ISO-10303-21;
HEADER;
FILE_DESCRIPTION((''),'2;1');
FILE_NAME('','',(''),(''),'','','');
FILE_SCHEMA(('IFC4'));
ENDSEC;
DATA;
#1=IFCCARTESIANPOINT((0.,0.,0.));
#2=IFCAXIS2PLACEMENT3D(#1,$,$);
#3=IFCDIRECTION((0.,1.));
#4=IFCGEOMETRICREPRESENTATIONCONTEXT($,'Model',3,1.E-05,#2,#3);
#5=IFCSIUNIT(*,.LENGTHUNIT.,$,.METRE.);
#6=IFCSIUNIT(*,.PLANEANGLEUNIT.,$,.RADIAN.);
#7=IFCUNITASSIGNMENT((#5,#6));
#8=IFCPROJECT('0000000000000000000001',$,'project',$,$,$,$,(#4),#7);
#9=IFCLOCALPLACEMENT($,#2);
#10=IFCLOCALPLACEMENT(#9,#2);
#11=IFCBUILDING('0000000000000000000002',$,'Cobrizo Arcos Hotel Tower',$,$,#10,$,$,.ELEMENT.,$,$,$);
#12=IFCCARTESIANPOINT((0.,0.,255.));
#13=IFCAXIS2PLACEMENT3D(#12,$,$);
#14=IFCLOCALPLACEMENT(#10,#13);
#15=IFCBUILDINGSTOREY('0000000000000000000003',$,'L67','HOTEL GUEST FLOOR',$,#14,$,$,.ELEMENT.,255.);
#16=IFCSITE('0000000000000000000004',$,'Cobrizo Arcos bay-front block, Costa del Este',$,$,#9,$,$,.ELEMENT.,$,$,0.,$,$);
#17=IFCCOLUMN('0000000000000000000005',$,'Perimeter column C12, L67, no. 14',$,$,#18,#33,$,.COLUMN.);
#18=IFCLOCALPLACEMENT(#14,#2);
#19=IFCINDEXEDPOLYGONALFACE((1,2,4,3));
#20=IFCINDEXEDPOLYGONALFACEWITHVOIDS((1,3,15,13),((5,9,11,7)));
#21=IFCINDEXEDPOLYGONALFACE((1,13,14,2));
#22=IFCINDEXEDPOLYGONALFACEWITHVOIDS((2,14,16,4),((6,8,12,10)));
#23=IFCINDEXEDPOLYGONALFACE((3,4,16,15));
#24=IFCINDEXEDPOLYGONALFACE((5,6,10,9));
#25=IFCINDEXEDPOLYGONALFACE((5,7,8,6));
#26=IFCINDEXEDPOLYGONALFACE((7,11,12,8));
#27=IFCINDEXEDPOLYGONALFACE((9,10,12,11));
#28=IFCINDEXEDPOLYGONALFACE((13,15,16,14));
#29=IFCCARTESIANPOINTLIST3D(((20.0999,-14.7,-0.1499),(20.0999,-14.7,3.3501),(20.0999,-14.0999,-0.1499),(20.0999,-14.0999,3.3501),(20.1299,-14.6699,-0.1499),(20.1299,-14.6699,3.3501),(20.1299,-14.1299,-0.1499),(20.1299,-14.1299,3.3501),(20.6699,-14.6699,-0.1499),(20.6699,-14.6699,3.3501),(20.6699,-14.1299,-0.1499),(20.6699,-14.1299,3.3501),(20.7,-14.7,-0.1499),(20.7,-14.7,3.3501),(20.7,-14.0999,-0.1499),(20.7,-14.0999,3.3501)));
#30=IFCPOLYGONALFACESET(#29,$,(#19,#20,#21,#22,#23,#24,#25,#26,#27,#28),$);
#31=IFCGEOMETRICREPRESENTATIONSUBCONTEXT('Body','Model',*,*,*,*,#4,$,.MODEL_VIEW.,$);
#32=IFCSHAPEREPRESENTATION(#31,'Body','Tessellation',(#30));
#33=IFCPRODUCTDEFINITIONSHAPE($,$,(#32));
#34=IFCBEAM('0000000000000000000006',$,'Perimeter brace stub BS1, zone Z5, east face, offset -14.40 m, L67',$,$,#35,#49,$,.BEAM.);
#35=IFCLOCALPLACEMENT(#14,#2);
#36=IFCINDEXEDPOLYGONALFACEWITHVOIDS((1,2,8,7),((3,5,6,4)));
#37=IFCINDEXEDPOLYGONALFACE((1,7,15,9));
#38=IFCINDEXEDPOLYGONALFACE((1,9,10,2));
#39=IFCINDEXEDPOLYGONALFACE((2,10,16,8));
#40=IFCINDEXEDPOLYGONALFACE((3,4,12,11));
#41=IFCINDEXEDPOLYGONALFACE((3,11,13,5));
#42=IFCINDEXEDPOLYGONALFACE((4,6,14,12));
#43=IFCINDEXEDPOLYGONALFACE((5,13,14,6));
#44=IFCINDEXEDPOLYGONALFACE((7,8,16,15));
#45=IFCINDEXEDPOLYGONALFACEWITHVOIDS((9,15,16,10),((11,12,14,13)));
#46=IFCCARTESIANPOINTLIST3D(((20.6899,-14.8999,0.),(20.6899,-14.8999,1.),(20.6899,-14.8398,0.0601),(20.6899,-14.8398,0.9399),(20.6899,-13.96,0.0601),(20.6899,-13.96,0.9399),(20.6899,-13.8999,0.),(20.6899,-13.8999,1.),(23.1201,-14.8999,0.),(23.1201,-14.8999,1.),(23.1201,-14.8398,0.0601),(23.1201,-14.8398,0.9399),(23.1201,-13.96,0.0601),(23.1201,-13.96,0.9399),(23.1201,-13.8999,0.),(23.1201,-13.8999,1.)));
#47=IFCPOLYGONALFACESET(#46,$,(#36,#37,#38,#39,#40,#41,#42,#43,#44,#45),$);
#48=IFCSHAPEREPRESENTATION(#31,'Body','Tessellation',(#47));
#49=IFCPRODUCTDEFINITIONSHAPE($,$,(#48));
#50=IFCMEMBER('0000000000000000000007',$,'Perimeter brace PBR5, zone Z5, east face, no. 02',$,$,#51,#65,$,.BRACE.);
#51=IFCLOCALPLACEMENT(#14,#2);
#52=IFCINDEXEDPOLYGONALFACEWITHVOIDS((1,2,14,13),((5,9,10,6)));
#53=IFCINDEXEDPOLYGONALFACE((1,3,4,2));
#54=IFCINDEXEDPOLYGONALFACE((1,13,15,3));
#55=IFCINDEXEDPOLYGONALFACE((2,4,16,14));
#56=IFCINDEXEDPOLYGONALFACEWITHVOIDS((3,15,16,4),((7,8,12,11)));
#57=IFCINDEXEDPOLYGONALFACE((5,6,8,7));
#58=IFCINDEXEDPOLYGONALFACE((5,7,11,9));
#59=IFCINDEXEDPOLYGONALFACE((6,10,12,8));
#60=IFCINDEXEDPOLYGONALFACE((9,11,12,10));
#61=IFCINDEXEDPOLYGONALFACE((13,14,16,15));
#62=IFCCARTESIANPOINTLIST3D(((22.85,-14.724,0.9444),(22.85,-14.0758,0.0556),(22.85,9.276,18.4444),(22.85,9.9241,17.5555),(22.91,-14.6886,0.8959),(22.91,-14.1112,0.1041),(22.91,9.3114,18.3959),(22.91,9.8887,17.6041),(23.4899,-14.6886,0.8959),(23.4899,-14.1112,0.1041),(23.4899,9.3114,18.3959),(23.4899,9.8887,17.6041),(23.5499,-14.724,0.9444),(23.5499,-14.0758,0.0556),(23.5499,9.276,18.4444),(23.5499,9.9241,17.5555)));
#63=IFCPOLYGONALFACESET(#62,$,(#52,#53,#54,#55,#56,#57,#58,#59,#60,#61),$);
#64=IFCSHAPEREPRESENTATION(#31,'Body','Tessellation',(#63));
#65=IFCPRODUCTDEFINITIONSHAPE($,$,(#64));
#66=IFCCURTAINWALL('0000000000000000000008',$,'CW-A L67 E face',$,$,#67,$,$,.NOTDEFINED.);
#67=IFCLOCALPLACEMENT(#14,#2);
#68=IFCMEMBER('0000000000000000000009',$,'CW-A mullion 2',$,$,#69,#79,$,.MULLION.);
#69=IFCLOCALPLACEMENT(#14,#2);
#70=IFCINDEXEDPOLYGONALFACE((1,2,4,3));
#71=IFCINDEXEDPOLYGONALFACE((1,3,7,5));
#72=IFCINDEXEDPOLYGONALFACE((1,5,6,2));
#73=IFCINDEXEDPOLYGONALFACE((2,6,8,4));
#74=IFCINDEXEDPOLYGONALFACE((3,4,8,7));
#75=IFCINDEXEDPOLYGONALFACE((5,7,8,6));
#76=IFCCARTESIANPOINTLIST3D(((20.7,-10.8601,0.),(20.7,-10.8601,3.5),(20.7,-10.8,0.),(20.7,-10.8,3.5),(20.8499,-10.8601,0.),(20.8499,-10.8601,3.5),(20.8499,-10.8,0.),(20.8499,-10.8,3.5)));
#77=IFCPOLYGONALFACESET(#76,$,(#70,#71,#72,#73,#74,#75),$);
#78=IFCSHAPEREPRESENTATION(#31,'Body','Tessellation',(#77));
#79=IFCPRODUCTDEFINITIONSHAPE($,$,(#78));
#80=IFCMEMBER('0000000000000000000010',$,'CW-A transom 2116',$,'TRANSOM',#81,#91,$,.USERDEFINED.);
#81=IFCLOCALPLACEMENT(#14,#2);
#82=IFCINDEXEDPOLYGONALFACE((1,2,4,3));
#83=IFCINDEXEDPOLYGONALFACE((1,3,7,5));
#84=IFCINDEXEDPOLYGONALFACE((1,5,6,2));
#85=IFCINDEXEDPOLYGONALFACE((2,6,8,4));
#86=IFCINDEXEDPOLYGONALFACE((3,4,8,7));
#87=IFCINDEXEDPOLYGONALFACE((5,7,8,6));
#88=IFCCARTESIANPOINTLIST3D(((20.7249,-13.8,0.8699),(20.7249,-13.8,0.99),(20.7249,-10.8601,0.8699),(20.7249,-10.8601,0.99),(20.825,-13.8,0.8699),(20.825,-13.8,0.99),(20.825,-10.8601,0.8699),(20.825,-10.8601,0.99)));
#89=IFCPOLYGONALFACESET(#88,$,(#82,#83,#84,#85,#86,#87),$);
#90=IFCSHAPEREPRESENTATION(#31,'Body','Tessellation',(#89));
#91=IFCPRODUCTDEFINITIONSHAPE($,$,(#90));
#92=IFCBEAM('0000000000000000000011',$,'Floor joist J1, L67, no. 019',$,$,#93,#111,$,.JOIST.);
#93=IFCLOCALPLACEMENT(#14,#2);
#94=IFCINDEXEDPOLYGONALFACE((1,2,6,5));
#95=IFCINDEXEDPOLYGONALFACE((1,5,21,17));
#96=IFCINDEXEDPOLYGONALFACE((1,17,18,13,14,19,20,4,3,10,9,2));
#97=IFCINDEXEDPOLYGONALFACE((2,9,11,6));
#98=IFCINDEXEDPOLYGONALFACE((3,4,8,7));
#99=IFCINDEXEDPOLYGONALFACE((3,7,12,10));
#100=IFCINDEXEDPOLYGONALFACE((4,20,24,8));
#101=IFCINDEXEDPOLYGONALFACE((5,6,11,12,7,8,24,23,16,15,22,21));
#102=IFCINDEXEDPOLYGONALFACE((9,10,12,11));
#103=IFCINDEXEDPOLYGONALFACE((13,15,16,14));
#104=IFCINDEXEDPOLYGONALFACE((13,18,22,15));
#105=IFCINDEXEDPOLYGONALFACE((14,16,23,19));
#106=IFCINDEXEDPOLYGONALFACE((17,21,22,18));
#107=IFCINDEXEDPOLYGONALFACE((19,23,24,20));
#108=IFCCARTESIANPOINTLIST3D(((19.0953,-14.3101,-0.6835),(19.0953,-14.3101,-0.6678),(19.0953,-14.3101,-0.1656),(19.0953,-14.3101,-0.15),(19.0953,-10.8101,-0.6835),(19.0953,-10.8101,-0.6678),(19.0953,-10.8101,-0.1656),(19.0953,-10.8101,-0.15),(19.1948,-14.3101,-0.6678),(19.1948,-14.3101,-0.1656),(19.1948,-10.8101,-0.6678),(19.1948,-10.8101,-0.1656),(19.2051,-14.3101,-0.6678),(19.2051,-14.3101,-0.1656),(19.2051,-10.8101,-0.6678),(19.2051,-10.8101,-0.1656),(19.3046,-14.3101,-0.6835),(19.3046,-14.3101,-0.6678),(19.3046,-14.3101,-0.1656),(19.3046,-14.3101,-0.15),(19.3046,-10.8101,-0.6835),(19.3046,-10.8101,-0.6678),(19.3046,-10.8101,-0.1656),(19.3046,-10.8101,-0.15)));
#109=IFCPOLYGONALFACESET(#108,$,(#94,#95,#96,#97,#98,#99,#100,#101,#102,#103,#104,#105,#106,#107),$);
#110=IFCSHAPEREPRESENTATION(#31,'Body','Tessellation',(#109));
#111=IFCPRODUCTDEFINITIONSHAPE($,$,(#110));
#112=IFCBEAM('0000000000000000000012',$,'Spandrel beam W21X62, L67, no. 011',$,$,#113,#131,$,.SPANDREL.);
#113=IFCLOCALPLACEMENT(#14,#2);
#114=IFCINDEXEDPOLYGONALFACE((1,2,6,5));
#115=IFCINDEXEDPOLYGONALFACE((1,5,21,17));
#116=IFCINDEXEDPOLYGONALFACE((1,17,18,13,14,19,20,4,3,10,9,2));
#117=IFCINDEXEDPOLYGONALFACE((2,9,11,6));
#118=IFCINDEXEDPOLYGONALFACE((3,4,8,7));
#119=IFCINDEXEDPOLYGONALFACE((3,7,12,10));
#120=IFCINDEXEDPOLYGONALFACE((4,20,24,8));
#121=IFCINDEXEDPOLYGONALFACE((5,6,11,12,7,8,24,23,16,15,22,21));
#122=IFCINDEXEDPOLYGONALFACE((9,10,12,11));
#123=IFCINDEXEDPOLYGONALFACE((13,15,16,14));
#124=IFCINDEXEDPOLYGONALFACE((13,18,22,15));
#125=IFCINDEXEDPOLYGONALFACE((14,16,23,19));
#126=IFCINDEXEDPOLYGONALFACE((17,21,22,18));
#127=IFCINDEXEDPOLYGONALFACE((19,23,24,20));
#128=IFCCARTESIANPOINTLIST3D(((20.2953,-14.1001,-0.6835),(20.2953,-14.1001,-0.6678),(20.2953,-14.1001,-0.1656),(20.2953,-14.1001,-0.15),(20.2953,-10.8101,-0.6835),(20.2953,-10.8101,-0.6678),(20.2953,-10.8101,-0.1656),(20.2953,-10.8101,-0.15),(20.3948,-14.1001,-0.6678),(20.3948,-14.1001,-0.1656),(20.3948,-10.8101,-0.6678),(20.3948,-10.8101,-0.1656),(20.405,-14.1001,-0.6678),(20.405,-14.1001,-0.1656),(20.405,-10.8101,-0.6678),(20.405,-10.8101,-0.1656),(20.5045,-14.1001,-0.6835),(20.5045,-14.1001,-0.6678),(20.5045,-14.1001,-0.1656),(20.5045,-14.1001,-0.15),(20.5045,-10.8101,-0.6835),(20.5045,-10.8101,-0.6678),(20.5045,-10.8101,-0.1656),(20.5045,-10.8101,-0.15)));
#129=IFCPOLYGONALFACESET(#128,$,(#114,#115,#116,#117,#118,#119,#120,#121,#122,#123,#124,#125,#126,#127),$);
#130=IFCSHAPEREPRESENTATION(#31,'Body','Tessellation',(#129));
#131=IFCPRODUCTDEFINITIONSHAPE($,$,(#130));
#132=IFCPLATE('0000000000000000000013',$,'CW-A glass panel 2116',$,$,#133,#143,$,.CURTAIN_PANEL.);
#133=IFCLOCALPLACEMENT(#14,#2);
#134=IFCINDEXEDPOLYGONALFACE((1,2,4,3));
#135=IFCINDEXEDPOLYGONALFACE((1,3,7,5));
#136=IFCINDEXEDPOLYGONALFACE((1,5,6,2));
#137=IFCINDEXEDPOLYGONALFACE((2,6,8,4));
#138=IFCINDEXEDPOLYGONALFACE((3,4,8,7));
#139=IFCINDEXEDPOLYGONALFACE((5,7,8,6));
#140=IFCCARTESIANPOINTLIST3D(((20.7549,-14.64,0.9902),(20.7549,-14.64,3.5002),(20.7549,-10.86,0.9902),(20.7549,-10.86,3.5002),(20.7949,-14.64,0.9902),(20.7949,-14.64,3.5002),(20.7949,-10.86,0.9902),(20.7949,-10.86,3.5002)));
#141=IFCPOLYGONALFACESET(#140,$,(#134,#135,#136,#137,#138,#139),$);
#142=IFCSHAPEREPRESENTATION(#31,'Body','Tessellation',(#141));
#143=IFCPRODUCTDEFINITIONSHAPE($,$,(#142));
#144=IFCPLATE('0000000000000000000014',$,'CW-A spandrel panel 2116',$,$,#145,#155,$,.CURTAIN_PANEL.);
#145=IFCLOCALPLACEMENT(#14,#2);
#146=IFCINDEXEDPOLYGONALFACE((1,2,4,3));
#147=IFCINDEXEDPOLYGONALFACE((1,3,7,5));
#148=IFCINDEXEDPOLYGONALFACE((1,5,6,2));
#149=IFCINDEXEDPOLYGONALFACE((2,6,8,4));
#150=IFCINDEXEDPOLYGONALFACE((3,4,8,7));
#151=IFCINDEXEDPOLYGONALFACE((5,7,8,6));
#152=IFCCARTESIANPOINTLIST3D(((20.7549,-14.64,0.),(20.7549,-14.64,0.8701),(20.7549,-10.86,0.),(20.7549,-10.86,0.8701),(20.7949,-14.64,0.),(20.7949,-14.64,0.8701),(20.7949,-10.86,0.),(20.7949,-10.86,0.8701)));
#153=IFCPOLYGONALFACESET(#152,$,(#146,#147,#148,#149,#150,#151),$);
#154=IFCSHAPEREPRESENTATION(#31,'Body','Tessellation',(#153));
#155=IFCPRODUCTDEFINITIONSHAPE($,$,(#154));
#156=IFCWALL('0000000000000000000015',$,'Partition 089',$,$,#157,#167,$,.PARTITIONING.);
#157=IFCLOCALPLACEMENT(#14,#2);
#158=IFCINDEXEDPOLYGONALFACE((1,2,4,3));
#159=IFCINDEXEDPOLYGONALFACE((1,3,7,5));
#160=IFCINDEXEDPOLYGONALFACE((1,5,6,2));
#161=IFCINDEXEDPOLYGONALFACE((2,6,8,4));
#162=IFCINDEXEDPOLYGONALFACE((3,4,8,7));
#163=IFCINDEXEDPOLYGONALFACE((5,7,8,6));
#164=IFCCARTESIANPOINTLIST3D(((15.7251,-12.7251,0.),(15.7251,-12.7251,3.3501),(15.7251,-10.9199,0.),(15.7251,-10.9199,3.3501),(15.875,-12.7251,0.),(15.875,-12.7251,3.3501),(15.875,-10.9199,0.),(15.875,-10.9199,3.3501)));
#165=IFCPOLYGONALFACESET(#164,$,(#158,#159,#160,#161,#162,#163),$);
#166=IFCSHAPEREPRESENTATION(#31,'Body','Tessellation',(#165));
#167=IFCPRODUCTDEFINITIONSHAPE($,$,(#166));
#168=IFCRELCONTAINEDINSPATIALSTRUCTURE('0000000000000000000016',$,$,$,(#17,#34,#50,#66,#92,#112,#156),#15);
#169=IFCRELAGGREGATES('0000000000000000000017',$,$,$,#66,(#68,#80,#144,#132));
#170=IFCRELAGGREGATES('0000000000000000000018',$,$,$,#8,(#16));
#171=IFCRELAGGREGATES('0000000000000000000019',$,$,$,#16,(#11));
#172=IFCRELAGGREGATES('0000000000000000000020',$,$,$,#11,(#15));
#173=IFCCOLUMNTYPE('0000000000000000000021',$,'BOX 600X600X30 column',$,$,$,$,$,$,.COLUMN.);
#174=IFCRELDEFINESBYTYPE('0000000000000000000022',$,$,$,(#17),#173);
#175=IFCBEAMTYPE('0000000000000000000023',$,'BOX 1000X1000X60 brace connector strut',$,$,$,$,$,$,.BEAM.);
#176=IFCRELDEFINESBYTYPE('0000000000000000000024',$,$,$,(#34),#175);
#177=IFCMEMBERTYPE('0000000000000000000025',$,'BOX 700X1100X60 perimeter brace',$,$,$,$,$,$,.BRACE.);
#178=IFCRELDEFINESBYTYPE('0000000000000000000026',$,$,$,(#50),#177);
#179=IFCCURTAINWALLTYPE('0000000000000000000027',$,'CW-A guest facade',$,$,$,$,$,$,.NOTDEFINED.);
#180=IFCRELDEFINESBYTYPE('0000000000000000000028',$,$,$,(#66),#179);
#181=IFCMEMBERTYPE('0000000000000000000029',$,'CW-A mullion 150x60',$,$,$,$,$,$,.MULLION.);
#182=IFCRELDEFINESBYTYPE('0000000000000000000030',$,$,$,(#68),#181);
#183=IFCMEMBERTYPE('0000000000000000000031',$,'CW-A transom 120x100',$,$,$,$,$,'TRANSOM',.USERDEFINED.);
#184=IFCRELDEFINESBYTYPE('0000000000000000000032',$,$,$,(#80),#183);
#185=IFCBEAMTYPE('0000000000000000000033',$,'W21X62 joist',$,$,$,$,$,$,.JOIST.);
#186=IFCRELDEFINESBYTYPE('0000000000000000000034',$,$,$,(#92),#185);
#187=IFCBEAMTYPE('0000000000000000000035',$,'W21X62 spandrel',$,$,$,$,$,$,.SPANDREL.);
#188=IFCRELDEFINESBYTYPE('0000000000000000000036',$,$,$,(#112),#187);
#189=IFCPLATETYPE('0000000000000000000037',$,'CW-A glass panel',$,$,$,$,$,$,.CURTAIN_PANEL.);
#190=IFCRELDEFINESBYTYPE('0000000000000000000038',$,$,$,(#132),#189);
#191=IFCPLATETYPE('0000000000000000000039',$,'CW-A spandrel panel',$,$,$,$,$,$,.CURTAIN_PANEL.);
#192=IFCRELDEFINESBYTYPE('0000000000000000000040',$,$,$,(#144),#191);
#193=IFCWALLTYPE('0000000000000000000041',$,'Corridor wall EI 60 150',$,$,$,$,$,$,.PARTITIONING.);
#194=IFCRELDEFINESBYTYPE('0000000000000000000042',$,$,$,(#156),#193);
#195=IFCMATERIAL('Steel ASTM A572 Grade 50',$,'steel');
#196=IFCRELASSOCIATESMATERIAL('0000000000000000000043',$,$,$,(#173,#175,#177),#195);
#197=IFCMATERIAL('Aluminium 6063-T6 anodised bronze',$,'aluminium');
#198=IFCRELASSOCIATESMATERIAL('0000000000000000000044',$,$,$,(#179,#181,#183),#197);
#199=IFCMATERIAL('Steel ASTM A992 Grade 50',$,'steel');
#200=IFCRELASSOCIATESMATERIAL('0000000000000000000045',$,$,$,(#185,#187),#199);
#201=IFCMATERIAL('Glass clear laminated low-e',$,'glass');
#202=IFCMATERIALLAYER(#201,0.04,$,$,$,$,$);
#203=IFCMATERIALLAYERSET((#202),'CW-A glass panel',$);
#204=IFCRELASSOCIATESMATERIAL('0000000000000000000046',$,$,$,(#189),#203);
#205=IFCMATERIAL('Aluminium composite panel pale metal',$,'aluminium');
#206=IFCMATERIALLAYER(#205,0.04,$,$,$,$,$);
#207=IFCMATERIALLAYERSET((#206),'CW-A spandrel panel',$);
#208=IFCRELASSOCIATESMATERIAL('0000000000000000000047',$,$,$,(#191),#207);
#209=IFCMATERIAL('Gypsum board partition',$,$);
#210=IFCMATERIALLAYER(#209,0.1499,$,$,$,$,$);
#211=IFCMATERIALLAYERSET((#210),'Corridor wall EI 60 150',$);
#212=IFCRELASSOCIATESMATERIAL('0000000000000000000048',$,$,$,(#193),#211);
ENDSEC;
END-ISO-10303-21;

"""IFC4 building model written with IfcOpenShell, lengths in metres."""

from ifc_helpers import new_model, si_unit, direction, frame, frame_2d, origin, origin_2d, place, context, subcontext, project, spatial, rectangle, hollow_rectangle, i_section, extrude, material, layer, layer_set, material_profile, profile_set, type_object, element, aggregate, save


model = new_model("IFC4")

# Units and contexts
model_context = context("Model", 3, precision=1e-05, world=origin(), true_north=direction((0.0, 1.0)))
body_context = subcontext(model_context, "Body", "Model", "MODEL_VIEW")
ifc_project = project(units=[si_unit("LENGTHUNIT", "METRE"), si_unit("PLANEANGLEUNIT", "RADIAN")], contexts=[model_context])

# Site, building, storey
site_placement = place(None, origin())
site = spatial("IfcSite", under=ifc_project, at=site_placement, Name="Cobrizo Arcos bay-front block, Costa del Este", CompositionType="ELEMENT", RefElevation=0.0)
building_placement = place(site_placement, origin())
building = spatial("IfcBuilding", under=site, at=building_placement, Name="Cobrizo Arcos Hotel Tower", CompositionType="ELEMENT")
storey_placement = place(building_placement, frame((0.0, 0.0, 255.0)))
storey = spatial("IfcBuildingStorey", under=building, at=storey_placement, Name="L67", Description="HOTEL GUEST FLOOR", CompositionType="ELEMENT", Elevation=255.0)

# Column
ifc_material_1 = material(Name="Steel ASTM A572 Grade 50", Category="steel")
ifc_material_profile_1 = material_profile(ifc_material_1, hollow_rectangle(XDim=0.6001, YDim=0.6001, WallThickness=0.03, at=origin_2d()), Name="BOX 600X600X30")
ifc_profile_set_1 = profile_set([ifc_material_profile_1], Name="Steel ASTM A572 Grade 50")
column_type = type_object("IfcColumnType", Name="BOX 600X600X30 column", PredefinedType="COLUMN", material=ifc_profile_set_1)
column_placement = place(storey_placement, frame((20.3999, -14.3999, -0.1499), z_axis=(0.0, 0.0, 1.0), x_axis=(1.0, 0.0, 0.0)))
element("IfcColumn", 1, at=column_placement, inside=storey, type_object=column_type, Name="Perimeter column C12, L67, no. 14", PredefinedType="COLUMN", context=body_context, shape_type="SweptSolid", body=[
    extrude(hollow_rectangle(XDim=0.6001, YDim=0.6001, WallThickness=0.03, at=origin_2d()), origin(), (0.0, 0.0, 1.0), 3.5),
])

# Beam
ifc_material_profile_2 = material_profile(ifc_material_1, hollow_rectangle(XDim=1.0, YDim=1.0, WallThickness=0.0601, at=origin_2d()), Name="BOX 1000X1000X60")
ifc_profile_set_2 = profile_set([ifc_material_profile_2], Name="Steel ASTM A572 Grade 50")
beam_type_1 = type_object("IfcBeamType", Name="BOX 1000X1000X60 brace connector strut", PredefinedType="BEAM", material=ifc_profile_set_2)
beam_1_placement = place(storey_placement, frame((20.6899, -14.3999, 0.5), z_axis=(1.0, 0.0, 0.0), x_axis=(0.0, 1.0, 0.0)))
element("IfcBeam", 2, at=beam_1_placement, inside=storey, type_object=beam_type_1, Name="Perimeter brace stub BS1, zone Z5, east face, offset -14.40 m, L67", PredefinedType="BEAM", context=body_context, shape_type="SweptSolid", body=[
    extrude(hollow_rectangle(XDim=1.0, YDim=1.0, WallThickness=0.0601, at=origin_2d()), origin(), (0.0, 0.0, 1.0), 2.4302),
])

# Member
ifc_material_profile_3 = material_profile(ifc_material_1, hollow_rectangle(XDim=0.7, YDim=1.1001, WallThickness=0.0601, at=origin_2d()), Name="BOX 700X1100X60")
ifc_profile_set_3 = profile_set([ifc_material_profile_3], Name="Steel ASTM A572 Grade 50")
member_type_1 = type_object("IfcMemberType", Name="BOX 700X1100X60 perimeter brace", PredefinedType="BRACE", material=ifc_profile_set_3)
member_1_placement = place(storey_placement, frame((23.2, -14.3999, 0.5), z_axis=(0.0, 0.808008, 0.589172), x_axis=(-1.0, 0.0, 0.0)))
element("IfcMember", 3, at=member_1_placement, inside=storey, type_object=member_type_1, Name="Perimeter brace PBR5, zone Z5, east face, no. 02", PredefinedType="BRACE", context=body_context, shape_type="SweptSolid", body=[
    extrude(hollow_rectangle(XDim=0.7, YDim=1.1001, WallThickness=0.0601, at=origin_2d()), origin(), (0.0, 0.0, 1.0), 29.7026),
])

# Curtain wall, members
ifc_material_2 = material(Name="Aluminium 6063-T6 anodised bronze", Category="aluminium")
curtain_wall_type = type_object("IfcCurtainWallType", Name="CW-A guest facade", PredefinedType="NOTDEFINED", material=ifc_material_2)
curtain_wall_placement = place(storey_placement, origin())
curtain_wall = element("IfcCurtainWall", 4, at=curtain_wall_placement, inside=storey, type_object=curtain_wall_type, Name="CW-A L67 E face", PredefinedType="NOTDEFINED")
ifc_material_profile_4 = material_profile(ifc_material_2, rectangle(XDim=0.1499, YDim=0.0601, at=origin_2d()), Name="CW-A mullion 150x60")
ifc_profile_set_4 = profile_set([ifc_material_profile_4], Name="Aluminium 6063-T6 anodised bronze")
member_type_2 = type_object("IfcMemberType", Name="CW-A mullion 150x60", PredefinedType="MULLION", material=ifc_profile_set_4)
member_2_placement = place(storey_placement, frame((20.7749, -10.8301, 0.0), z_axis=(0.0, 0.0, 1.0), x_axis=(1.0, 0.0, 0.0)))
member_2 = element("IfcMember", 5, at=member_2_placement, type_object=member_type_2, Name="CW-A mullion 2", PredefinedType="MULLION", context=body_context, shape_type="SweptSolid", body=[
    extrude(rectangle(XDim=0.1499, YDim=0.0601, at=origin_2d()), origin(), (0.0, 0.0, 1.0), 3.5),
])
ifc_material_profile_5 = material_profile(ifc_material_2, rectangle(XDim=0.1001, YDim=0.1201, at=origin_2d()), Name="CW-A transom 120x100")
ifc_profile_set_5 = profile_set([ifc_material_profile_5], Name="Aluminium 6063-T6 anodised bronze")
member_type_3 = type_object("IfcMemberType", Name="CW-A transom 120x100", ElementType="TRANSOM", PredefinedType="USERDEFINED", material=ifc_profile_set_5)
member_3_placement = place(storey_placement, frame((20.7749, -13.8, 0.9299), z_axis=(0.0, 1.0, 0.0), x_axis=(-1.0, 0.0, 0.0)))
member_3 = element("IfcMember", 6, at=member_3_placement, type_object=member_type_3, Name="CW-A transom 2116", ObjectType="TRANSOM", PredefinedType="USERDEFINED", context=body_context, shape_type="SweptSolid", body=[
    extrude(rectangle(XDim=0.1001, YDim=0.1201, at=origin_2d()), origin(), (0.0, 0.0, 1.0), 2.9399),
])

# Beams
ifc_material_3 = material(Name="Steel ASTM A992 Grade 50", Category="steel")
ifc_material_profile_6 = material_profile(ifc_material_3, i_section(OverallWidth=0.2092, OverallDepth=0.5334, WebThickness=0.0103, FlangeThickness=0.0156, at=origin_2d()), Name="W21X62")
ifc_profile_set_6 = profile_set([ifc_material_profile_6], Name="Steel ASTM A992 Grade 50")
beam_type_2 = type_object("IfcBeamType", Name="W21X62 joist", PredefinedType="JOIST", material=ifc_profile_set_6)
beam_2_placement = place(storey_placement, frame((19.2, -14.3101, -0.4167), z_axis=(0.0, 1.0, 0.0), x_axis=(-1.0, 0.0, 0.0)))
element("IfcBeam", 7, at=beam_2_placement, inside=storey, type_object=beam_type_2, Name="Floor joist J1, L67, no. 019", PredefinedType="JOIST", context=body_context, shape_type="SweptSolid", body=[
    extrude(i_section(OverallWidth=0.2092, OverallDepth=0.5334, WebThickness=0.0103, FlangeThickness=0.0156, at=origin_2d()), origin(), (0.0, 0.0, 1.0), 3.5),
])
ifc_material_profile_7 = material_profile(ifc_material_3, i_section(OverallWidth=0.2092, OverallDepth=0.5334, WebThickness=0.0103, FlangeThickness=0.0156, at=origin_2d()), Name="W21X62")
ifc_profile_set_7 = profile_set([ifc_material_profile_7], Name="Steel ASTM A992 Grade 50")
beam_type_3 = type_object("IfcBeamType", Name="W21X62 spandrel", PredefinedType="SPANDREL", material=ifc_profile_set_7)
beam_3_placement = place(storey_placement, frame((20.3999, -14.1001, -0.4167), z_axis=(0.0, 1.0, 0.0), x_axis=(-1.0, 0.0, 0.0)))
element("IfcBeam", 8, at=beam_3_placement, inside=storey, type_object=beam_type_3, Name="Spandrel beam W21X62, L67, no. 011", PredefinedType="SPANDREL", context=body_context, shape_type="SweptSolid", body=[
    extrude(i_section(OverallWidth=0.2092, OverallDepth=0.5334, WebThickness=0.0103, FlangeThickness=0.0156, at=origin_2d()), origin(), (0.0, 0.0, 1.0), 3.29),
])

# Plates
ifc_material_4 = material(Name="Glass clear laminated low-e", Category="glass")
ifc_layer_1 = layer(ifc_material_4, 0.04)
ifc_layer_set_1 = layer_set([ifc_layer_1], Name="CW-A glass panel")
plate_type_1 = type_object("IfcPlateType", Name="CW-A glass panel", PredefinedType="CURTAIN_PANEL", material=ifc_layer_set_1)
plate_1_placement = place(storey_placement, frame((20.7749, -12.75, 0.9902), z_axis=(0.0, 0.0, 1.0), x_axis=(0.0, 1.0, 0.0)))
plate_1 = element("IfcPlate", 9, at=plate_1_placement, type_object=plate_type_1, Name="CW-A glass panel 2116", PredefinedType="CURTAIN_PANEL", context=body_context, shape_type="SweptSolid", body=[
    extrude(rectangle(XDim=3.78, YDim=0.04, at=origin_2d()), origin(), (0.0, 0.0, 1.0), 2.51),
])
ifc_material_5 = material(Name="Aluminium composite panel pale metal", Category="aluminium")
ifc_layer_2 = layer(ifc_material_5, 0.04)
ifc_layer_set_2 = layer_set([ifc_layer_2], Name="CW-A spandrel panel")
plate_type_2 = type_object("IfcPlateType", Name="CW-A spandrel panel", PredefinedType="CURTAIN_PANEL", material=ifc_layer_set_2)
plate_2_placement = place(storey_placement, frame((20.7749, -12.75, 0.0), z_axis=(0.0, 0.0, 1.0), x_axis=(0.0, 1.0, 0.0)))
plate_2 = element("IfcPlate", 10, at=plate_2_placement, type_object=plate_type_2, Name="CW-A spandrel panel 2116", PredefinedType="CURTAIN_PANEL", context=body_context, shape_type="SweptSolid", body=[
    extrude(rectangle(XDim=3.78, YDim=0.04, at=origin_2d()), origin(), (0.0, 0.0, 1.0), 0.8701),
])
aggregate(curtain_wall, [member_2, member_3, plate_2, plate_1])

# Wall
ifc_material_6 = material(Name="Gypsum board partition")
ifc_layer_3 = layer(ifc_material_6, 0.1499)
ifc_layer_set_3 = layer_set([ifc_layer_3], Name="Corridor wall EI 60 150")
wall_type_1 = type_object("IfcWallType", Name="Corridor wall EI 60 150", PredefinedType="PARTITIONING", material=ifc_layer_set_3)
wall_1_placement = place(storey_placement, frame((15.8, -12.7251, 0.0), z_axis=(0.0, 0.0, 1.0), x_axis=(0.0, 1.0, 0.0)))
element("IfcWall", 11, at=wall_1_placement, inside=storey, type_object=wall_type_1, Name="Partition 089", PredefinedType="PARTITIONING", context=body_context, shape_type="SweptSolid", body=[
    extrude(rectangle(XDim=1.8052, YDim=0.1499, at=frame_2d((0.9026, 0.0))), origin(), (0.0, 0.0, 1.0), 3.3501),
])

save(model, "model.ifc")
